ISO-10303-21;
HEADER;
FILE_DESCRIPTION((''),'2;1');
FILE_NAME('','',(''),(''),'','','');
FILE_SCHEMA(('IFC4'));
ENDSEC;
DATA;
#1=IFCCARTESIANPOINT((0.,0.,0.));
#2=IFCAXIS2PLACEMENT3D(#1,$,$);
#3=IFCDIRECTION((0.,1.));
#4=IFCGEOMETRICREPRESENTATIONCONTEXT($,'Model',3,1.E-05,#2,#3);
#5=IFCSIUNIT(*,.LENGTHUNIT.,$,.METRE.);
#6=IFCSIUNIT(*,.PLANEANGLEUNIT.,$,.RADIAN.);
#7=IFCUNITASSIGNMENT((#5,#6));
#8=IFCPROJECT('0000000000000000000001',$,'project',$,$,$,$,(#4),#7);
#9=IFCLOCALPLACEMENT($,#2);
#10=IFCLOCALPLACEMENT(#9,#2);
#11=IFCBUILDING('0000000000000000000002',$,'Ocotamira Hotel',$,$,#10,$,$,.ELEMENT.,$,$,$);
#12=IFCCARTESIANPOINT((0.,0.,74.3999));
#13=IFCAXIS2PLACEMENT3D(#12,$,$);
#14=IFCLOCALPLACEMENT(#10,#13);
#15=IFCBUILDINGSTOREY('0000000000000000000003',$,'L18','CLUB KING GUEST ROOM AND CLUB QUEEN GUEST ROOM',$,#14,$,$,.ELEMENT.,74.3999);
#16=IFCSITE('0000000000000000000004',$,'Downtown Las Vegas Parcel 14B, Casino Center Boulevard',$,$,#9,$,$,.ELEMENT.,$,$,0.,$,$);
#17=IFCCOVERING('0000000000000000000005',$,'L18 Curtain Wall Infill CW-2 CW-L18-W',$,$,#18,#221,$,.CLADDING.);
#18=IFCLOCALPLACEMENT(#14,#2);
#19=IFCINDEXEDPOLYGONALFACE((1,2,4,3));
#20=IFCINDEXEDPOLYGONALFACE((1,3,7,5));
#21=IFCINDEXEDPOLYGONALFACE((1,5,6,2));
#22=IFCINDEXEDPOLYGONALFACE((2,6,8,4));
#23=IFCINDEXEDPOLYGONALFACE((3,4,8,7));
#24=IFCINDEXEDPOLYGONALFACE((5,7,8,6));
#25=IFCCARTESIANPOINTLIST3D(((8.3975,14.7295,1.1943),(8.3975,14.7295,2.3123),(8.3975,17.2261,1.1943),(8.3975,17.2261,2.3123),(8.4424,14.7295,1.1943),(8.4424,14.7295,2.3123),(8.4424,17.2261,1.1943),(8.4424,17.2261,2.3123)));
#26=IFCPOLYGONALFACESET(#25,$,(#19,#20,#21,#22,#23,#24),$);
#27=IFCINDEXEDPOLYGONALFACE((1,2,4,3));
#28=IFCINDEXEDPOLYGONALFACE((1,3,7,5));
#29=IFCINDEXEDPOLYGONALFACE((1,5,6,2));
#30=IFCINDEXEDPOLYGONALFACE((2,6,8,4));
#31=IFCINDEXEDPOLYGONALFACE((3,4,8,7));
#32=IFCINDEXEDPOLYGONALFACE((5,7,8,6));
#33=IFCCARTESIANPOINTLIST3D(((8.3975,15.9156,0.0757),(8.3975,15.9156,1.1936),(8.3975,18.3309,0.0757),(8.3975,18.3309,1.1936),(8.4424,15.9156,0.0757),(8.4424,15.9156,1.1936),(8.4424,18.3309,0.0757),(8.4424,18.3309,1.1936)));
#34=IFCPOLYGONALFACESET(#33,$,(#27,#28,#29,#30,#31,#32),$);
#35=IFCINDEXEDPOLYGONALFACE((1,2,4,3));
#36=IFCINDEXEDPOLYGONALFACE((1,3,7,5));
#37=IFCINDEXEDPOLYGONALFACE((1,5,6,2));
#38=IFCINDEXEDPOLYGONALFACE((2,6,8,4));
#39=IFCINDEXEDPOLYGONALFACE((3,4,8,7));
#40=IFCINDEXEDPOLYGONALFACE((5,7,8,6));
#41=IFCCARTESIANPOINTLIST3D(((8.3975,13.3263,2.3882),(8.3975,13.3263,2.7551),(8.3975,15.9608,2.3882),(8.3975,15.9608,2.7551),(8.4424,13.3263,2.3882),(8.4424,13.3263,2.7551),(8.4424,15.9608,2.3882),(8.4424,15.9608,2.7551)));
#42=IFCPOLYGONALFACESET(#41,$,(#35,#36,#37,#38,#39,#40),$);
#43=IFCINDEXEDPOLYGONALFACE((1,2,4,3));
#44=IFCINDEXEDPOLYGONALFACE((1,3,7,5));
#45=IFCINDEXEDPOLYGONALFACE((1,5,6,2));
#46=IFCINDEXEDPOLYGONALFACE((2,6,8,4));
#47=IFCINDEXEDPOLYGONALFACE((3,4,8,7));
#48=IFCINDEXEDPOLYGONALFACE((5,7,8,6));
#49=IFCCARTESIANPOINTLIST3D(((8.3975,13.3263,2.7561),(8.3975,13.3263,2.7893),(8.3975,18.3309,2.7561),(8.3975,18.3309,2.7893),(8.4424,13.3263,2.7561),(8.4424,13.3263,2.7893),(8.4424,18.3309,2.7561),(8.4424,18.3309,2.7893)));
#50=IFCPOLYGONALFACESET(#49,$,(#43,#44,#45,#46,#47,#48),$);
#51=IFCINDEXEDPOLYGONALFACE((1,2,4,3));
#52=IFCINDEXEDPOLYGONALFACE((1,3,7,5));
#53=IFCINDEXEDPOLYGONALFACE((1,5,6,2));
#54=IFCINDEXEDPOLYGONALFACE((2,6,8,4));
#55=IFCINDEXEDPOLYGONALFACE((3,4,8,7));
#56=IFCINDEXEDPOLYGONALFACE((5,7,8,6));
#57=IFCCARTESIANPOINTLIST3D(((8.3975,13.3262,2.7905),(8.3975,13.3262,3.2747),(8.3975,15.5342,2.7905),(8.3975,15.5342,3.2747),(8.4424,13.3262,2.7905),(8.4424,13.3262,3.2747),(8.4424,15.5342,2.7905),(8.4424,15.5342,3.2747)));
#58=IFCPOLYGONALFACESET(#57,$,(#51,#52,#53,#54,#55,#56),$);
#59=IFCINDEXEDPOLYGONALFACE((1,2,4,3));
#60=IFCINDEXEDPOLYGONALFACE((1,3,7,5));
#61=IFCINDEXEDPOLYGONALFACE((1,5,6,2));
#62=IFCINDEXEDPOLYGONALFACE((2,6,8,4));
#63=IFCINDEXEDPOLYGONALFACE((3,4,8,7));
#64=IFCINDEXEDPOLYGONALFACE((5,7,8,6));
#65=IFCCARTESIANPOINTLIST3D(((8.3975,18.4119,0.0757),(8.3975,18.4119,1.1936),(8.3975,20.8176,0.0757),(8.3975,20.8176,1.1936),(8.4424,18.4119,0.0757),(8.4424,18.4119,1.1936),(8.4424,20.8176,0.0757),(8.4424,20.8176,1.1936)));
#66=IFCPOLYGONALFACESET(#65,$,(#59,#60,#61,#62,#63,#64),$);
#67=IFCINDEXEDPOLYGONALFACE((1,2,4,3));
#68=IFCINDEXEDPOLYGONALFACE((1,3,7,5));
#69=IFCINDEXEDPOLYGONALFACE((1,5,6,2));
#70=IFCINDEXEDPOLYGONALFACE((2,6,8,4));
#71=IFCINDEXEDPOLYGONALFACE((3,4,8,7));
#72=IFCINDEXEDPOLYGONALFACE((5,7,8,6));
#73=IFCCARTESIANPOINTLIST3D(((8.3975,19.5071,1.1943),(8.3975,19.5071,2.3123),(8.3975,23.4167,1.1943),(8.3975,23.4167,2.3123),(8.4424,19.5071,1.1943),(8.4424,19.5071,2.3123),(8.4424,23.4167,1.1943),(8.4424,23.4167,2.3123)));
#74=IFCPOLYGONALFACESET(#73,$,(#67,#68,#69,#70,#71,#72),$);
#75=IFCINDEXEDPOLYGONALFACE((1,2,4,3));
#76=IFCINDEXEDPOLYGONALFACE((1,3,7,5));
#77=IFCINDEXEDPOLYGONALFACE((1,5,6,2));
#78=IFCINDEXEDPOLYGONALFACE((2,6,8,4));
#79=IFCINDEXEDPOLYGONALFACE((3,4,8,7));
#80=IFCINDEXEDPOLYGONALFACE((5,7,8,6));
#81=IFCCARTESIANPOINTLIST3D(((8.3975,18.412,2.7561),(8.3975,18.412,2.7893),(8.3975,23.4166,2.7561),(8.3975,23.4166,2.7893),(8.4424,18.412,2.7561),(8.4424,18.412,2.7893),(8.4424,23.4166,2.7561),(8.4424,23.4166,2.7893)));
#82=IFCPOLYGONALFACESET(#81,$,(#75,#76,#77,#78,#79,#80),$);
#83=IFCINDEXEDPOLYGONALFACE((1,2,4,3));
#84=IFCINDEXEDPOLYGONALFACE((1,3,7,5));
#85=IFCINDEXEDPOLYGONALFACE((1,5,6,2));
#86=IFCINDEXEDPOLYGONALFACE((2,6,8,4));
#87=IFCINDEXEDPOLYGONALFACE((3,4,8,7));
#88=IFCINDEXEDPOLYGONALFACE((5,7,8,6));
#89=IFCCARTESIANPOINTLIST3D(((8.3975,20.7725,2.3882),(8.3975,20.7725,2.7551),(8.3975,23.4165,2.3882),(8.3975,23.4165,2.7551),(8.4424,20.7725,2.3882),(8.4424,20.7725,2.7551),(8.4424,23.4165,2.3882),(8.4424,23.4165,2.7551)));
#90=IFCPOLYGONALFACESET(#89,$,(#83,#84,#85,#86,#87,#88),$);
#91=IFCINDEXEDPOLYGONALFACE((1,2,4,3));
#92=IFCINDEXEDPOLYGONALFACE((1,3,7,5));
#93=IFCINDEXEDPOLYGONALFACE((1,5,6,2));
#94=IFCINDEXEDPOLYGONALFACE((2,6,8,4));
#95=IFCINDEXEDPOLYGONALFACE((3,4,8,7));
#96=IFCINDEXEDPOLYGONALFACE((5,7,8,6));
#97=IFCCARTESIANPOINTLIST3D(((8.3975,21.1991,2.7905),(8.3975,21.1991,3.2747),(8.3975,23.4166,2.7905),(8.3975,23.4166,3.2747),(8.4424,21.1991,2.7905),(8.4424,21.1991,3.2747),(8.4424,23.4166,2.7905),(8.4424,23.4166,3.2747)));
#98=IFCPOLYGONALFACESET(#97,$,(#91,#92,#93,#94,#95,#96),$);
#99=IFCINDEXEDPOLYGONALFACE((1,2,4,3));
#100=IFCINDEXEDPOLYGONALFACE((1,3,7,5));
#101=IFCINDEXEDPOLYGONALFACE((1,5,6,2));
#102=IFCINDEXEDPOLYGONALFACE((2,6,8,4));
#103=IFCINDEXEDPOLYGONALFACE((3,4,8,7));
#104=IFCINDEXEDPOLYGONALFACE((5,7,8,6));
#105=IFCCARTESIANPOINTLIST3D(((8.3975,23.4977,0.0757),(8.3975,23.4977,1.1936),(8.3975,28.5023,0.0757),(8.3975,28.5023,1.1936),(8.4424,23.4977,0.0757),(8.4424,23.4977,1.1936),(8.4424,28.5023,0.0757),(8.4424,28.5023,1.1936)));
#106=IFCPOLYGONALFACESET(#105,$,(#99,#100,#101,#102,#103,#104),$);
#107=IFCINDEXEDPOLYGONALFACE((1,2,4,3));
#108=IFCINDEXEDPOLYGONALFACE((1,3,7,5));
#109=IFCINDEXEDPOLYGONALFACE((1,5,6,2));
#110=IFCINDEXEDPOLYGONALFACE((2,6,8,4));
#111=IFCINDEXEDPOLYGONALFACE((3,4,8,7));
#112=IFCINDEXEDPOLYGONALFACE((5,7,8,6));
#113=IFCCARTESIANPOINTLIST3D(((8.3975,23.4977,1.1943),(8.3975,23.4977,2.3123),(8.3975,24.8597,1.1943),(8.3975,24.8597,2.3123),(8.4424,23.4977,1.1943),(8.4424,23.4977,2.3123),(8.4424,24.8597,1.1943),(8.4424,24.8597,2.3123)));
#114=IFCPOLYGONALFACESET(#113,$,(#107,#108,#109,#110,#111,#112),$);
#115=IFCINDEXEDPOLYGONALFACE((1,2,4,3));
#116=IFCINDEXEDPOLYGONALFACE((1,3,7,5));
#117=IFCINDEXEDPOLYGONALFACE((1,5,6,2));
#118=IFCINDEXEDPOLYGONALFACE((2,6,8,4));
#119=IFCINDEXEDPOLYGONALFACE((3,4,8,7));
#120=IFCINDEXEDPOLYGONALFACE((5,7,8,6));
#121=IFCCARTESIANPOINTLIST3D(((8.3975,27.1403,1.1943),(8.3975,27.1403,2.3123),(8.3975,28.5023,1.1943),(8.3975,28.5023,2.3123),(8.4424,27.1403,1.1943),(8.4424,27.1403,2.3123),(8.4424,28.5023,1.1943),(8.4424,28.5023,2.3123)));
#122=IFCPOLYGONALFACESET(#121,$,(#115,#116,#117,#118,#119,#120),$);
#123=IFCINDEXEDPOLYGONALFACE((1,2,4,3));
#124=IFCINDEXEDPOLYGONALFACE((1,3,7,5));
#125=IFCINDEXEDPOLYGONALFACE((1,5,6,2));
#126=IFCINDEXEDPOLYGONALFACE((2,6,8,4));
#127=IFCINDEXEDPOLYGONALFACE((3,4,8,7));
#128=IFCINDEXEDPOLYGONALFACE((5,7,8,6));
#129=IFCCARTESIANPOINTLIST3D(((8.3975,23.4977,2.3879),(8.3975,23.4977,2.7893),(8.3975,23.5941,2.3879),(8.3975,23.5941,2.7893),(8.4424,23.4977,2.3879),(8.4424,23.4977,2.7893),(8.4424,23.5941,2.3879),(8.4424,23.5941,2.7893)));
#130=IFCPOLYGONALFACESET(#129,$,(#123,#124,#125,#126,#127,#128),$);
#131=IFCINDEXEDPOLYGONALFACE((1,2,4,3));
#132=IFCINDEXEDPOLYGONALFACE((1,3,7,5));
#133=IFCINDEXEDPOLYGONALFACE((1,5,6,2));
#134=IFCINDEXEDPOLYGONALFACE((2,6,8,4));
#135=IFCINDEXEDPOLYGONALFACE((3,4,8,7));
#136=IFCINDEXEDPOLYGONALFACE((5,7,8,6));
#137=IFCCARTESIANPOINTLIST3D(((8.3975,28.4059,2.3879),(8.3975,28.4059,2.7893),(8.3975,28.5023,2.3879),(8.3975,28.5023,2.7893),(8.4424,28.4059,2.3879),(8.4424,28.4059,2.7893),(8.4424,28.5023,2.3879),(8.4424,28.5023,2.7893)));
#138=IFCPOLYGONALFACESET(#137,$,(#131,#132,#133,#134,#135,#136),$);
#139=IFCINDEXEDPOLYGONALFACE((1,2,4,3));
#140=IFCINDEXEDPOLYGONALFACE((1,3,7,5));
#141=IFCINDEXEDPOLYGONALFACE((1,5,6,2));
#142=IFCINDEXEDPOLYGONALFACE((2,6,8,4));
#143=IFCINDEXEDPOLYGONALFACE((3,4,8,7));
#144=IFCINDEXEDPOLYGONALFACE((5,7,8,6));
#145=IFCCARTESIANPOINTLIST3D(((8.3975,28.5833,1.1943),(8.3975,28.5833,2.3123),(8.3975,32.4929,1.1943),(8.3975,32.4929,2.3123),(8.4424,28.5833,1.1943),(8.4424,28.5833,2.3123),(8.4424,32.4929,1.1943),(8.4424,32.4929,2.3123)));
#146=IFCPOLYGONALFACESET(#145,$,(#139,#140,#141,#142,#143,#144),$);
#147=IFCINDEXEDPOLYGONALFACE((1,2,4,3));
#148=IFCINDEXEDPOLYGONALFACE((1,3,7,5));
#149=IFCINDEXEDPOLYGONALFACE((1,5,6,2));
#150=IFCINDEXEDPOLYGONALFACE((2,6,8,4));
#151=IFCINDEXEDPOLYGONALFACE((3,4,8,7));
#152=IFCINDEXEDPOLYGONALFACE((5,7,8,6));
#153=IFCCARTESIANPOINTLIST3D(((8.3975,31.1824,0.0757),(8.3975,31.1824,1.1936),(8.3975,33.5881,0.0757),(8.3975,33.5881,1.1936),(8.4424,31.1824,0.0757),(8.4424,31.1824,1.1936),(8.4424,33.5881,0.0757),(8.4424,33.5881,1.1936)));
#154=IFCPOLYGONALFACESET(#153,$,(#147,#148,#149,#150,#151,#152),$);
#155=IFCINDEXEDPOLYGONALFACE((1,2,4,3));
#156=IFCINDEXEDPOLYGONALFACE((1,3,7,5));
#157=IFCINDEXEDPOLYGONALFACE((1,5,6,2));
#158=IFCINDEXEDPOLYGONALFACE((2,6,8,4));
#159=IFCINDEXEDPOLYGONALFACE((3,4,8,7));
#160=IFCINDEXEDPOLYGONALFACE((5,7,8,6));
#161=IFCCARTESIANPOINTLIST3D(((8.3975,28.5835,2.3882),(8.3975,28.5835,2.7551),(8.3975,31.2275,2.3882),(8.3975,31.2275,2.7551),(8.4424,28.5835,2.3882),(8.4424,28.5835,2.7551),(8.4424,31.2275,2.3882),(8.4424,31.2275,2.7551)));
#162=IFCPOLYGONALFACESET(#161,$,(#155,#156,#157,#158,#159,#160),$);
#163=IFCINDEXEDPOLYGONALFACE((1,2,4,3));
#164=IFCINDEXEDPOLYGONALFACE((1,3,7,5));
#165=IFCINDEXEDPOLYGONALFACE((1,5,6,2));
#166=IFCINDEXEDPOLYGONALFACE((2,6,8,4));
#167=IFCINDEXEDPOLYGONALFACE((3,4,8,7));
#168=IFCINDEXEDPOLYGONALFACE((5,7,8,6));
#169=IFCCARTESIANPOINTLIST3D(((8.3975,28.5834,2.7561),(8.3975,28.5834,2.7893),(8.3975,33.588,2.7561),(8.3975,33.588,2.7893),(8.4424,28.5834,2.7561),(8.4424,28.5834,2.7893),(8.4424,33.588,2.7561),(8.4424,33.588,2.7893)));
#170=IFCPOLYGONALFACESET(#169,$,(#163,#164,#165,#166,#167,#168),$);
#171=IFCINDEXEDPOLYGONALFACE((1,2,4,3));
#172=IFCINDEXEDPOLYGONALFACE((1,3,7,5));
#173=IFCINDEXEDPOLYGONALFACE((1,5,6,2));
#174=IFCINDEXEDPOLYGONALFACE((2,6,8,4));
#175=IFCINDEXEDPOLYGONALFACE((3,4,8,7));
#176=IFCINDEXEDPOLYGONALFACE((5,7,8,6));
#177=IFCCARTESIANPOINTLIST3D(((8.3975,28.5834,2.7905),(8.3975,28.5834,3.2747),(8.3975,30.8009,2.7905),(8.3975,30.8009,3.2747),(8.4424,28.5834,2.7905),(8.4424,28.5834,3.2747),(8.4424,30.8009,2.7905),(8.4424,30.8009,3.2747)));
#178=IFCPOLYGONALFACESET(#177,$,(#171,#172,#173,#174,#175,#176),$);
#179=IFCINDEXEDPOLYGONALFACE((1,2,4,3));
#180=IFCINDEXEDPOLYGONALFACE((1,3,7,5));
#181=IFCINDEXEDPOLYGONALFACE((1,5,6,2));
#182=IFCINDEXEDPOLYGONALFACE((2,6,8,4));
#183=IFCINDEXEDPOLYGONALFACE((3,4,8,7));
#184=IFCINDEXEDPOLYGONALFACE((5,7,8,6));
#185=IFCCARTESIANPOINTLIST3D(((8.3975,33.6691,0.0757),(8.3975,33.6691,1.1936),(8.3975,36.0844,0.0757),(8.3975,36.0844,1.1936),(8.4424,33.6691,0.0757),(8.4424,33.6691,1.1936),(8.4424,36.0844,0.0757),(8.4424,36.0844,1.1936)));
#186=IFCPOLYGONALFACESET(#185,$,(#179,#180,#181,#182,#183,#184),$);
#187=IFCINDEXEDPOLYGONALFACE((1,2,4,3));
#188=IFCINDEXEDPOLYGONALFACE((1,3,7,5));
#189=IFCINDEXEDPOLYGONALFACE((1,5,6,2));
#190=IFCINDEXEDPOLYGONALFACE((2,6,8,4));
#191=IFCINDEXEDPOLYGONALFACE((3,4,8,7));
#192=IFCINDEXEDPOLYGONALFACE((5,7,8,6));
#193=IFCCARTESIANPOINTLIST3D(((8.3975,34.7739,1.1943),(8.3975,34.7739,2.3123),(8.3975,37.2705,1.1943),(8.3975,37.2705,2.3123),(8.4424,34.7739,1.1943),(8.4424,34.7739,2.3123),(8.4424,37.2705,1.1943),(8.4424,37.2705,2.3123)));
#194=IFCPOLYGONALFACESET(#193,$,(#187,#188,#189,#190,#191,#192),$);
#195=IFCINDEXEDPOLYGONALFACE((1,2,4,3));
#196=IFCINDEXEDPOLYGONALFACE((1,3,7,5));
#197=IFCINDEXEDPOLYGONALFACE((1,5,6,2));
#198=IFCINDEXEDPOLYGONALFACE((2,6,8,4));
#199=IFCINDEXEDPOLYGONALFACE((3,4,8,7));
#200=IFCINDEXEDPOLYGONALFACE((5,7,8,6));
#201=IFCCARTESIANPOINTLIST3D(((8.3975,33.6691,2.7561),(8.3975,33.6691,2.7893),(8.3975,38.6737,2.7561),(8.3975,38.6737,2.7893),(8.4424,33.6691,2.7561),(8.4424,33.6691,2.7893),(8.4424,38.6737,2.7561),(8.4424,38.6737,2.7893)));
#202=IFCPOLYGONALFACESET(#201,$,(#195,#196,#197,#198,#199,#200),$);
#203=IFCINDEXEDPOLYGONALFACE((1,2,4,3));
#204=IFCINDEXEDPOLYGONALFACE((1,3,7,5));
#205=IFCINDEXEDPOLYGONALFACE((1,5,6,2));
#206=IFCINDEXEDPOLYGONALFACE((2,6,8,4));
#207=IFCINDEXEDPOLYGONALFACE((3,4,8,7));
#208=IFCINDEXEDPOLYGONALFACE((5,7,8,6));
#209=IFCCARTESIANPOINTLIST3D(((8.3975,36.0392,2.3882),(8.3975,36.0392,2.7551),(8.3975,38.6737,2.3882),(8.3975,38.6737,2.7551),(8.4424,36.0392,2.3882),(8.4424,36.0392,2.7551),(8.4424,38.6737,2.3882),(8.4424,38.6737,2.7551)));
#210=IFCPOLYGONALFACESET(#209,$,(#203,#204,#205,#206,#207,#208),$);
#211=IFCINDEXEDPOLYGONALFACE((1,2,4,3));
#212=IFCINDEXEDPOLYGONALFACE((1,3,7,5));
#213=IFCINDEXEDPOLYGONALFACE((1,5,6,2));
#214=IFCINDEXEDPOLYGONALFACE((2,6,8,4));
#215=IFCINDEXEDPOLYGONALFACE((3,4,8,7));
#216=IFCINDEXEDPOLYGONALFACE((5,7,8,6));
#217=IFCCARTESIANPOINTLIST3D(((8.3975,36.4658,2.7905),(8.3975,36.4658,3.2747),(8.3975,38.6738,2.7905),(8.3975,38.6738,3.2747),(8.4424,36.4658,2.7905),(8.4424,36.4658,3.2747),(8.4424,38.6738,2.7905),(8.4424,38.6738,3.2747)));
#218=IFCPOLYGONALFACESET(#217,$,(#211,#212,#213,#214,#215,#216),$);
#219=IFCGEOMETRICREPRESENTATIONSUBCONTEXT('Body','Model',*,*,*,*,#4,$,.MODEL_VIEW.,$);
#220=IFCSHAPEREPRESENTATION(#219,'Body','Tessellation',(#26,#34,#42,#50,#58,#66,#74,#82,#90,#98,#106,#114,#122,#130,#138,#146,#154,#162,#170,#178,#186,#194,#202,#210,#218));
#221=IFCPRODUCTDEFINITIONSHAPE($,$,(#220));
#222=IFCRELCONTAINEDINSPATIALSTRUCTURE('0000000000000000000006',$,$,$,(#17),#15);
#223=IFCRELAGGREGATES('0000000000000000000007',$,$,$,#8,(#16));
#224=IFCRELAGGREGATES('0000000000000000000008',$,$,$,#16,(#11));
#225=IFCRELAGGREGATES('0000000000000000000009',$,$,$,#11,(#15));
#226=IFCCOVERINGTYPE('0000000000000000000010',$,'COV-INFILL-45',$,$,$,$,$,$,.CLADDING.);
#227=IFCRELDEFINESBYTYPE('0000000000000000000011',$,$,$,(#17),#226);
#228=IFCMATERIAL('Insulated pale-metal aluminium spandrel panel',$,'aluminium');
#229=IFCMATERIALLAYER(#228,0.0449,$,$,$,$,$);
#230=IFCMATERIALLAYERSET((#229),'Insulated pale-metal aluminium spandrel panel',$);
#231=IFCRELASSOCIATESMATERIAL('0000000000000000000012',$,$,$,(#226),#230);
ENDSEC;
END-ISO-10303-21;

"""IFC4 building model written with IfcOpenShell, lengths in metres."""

from ifc_helpers import new_model, si_unit, direction, frame, origin, origin_2d, place, context, subcontext, project, spatial, rectangle, extrude, material, layer, layer_set, type_object, element, save


model = new_model("IFC4")

# Units and contexts
model_context = context("Model", 3, precision=1e-05, world=origin(), true_north=direction((0.0, 1.0)))
body_context = subcontext(model_context, "Body", "Model", "MODEL_VIEW")
ifc_project = project(units=[si_unit("LENGTHUNIT", "METRE"), si_unit("PLANEANGLEUNIT", "RADIAN")], contexts=[model_context])

# Site, building, storey
site_placement = place(None, origin())
site = spatial("IfcSite", under=ifc_project, at=site_placement, Name="Downtown Las Vegas Parcel 14B, Casino Center Boulevard", CompositionType="ELEMENT", RefElevation=0.0)
building_placement = place(site_placement, origin())
building = spatial("IfcBuilding", under=site, at=building_placement, Name="Ocotamira Hotel", CompositionType="ELEMENT")
storey_placement = place(building_placement, frame((0.0, 0.0, 74.3999)))
storey = spatial("IfcBuildingStorey", under=building, at=storey_placement, Name="L18", Description="CLUB KING GUEST ROOM AND CLUB QUEEN GUEST ROOM", CompositionType="ELEMENT", Elevation=74.3999)

# Covering
ifc_material_1 = material(Name="Insulated pale-metal aluminium spandrel panel", Category="aluminium")
ifc_layer_1 = layer(ifc_material_1, 0.0449)
ifc_layer_set_1 = layer_set([ifc_layer_1], Name="Insulated pale-metal aluminium spandrel panel")
covering_type_1 = type_object("IfcCoveringType", Name="COV-INFILL-45", PredefinedType="CLADDING", material=ifc_layer_set_1)
covering_1_placement = place(storey_placement, origin())
element("IfcCovering", 1, at=covering_1_placement, inside=storey, type_object=covering_type_1, Name="L18 Curtain Wall Infill CW-2 CW-L18-W", PredefinedType="CLADDING", context=body_context, shape_type="SweptSolid", body=[
    extrude(rectangle(XDim=2.4966, YDim=0.0449, at=origin_2d()), frame((8.4199, 15.9778, 1.1943), z_axis=(0.0, 0.0, 1.0), x_axis=(0.0, 1.0, 0.0)), (0.0, 0.0, 1.0), 1.1179),
    extrude(rectangle(XDim=2.4153, YDim=0.0449, at=origin_2d()), frame((8.4199, 17.1233, 0.0757), z_axis=(0.0, 0.0, 1.0), x_axis=(0.0, 1.0, 0.0)), (0.0, 0.0, 1.0), 1.1179),
    extrude(rectangle(XDim=2.6345, YDim=0.0449, at=origin_2d()), frame((8.4199, 14.6436, 2.3882), z_axis=(0.0, 0.0, 1.0), x_axis=(0.0, 1.0, 0.0)), (0.0, 0.0, 1.0), 0.3669),
    extrude(rectangle(XDim=5.0046, YDim=0.0449, at=origin_2d()), frame((8.4199, 15.8286, 2.7561), z_axis=(0.0, 0.0, 1.0), x_axis=(0.0, 1.0, 0.0)), (0.0, 0.0, 1.0), 0.0332),
    extrude(rectangle(XDim=2.208, YDim=0.0449, at=origin_2d()), frame((8.4199, 14.4302, 2.7905), z_axis=(0.0, 0.0, 1.0), x_axis=(0.0, 1.0, 0.0)), (0.0, 0.0, 1.0), 0.4841),
    extrude(rectangle(XDim=2.4058, YDim=0.0449, at=origin_2d()), frame((8.4199, 19.6147, 0.0757), z_axis=(0.0, 0.0, 1.0), x_axis=(0.0, 1.0, 0.0)), (0.0, 0.0, 1.0), 1.1179),
    extrude(rectangle(XDim=3.9097, YDim=0.0449, at=origin_2d()), frame((8.4199, 21.4619, 1.1943), z_axis=(0.0, 0.0, 1.0), x_axis=(0.0, 1.0, 0.0)), (0.0, 0.0, 1.0), 1.1179),
    extrude(rectangle(XDim=5.0046, YDim=0.0449, at=origin_2d()), frame((8.4199, 20.9143, 2.7561), z_axis=(0.0, 0.0, 1.0), x_axis=(0.0, 1.0, 0.0)), (0.0, 0.0, 1.0), 0.0332),
    extrude(rectangle(XDim=2.644, YDim=0.0449, at=origin_2d()), frame((8.4199, 22.0945, 2.3882), z_axis=(0.0, 0.0, 1.0), x_axis=(0.0, 1.0, 0.0)), (0.0, 0.0, 1.0), 0.3669),
    extrude(rectangle(XDim=2.2175, YDim=0.0449, at=origin_2d()), frame((8.4199, 22.3079, 2.7905), z_axis=(0.0, 0.0, 1.0), x_axis=(0.0, 1.0, 0.0)), (0.0, 0.0, 1.0), 0.4841),
    extrude(rectangle(XDim=5.0046, YDim=0.0449, at=origin_2d()), frame((8.4199, 26.0, 0.0757), z_axis=(0.0, 0.0, 1.0), x_axis=(0.0, 1.0, 0.0)), (0.0, 0.0, 1.0), 1.1179),
    extrude(rectangle(XDim=1.3621, YDim=0.0449, at=origin_2d()), frame((8.4199, 24.1787, 1.1943), z_axis=(0.0, 0.0, 1.0), x_axis=(0.0, 1.0, 0.0)), (0.0, 0.0, 1.0), 1.1179),
    extrude(rectangle(XDim=1.3621, YDim=0.0449, at=origin_2d()), frame((8.4199, 27.8213, 1.1943), z_axis=(0.0, 0.0, 1.0), x_axis=(0.0, 1.0, 0.0)), (0.0, 0.0, 1.0), 1.1179),
    extrude(rectangle(XDim=0.0964, YDim=0.0449, at=origin_2d()), frame((8.4199, 23.5459, 2.3879), z_axis=(0.0, 0.0, 1.0), x_axis=(0.0, 1.0, 0.0)), (0.0, 0.0, 1.0), 0.4014),
    extrude(rectangle(XDim=0.0964, YDim=0.0449, at=origin_2d()), frame((8.4199, 28.4541, 2.3879), z_axis=(0.0, 0.0, 1.0), x_axis=(0.0, 1.0, 0.0)), (0.0, 0.0, 1.0), 0.4014),
    extrude(rectangle(XDim=3.9097, YDim=0.0449, at=origin_2d()), frame((8.4199, 30.5381, 1.1943), z_axis=(0.0, 0.0, 1.0), x_axis=(0.0, 1.0, 0.0)), (0.0, 0.0, 1.0), 1.1179),
    extrude(rectangle(XDim=2.4058, YDim=0.0449, at=origin_2d()), frame((8.4199, 32.3853, 0.0757), z_axis=(0.0, 0.0, 1.0), x_axis=(0.0, 1.0, 0.0)), (0.0, 0.0, 1.0), 1.1179),
    extrude(rectangle(XDim=2.644, YDim=0.0449, at=origin_2d()), frame((8.4199, 29.9055, 2.3882), z_axis=(0.0, 0.0, 1.0), x_axis=(0.0, 1.0, 0.0)), (0.0, 0.0, 1.0), 0.3669),
    extrude(rectangle(XDim=5.0046, YDim=0.0449, at=origin_2d()), frame((8.4199, 31.0857, 2.7561), z_axis=(0.0, 0.0, 1.0), x_axis=(0.0, 1.0, 0.0)), (0.0, 0.0, 1.0), 0.0332),
    extrude(rectangle(XDim=2.2175, YDim=0.0449, at=origin_2d()), frame((8.4199, 29.6921, 2.7905), z_axis=(0.0, 0.0, 1.0), x_axis=(0.0, 1.0, 0.0)), (0.0, 0.0, 1.0), 0.4841),
    extrude(rectangle(XDim=2.4153, YDim=0.0449, at=origin_2d()), frame((8.4199, 34.8767, 0.0757), z_axis=(0.0, 0.0, 1.0), x_axis=(0.0, 1.0, 0.0)), (0.0, 0.0, 1.0), 1.1179),
    extrude(rectangle(XDim=2.4966, YDim=0.0449, at=origin_2d()), frame((8.4199, 36.0222, 1.1943), z_axis=(0.0, 0.0, 1.0), x_axis=(0.0, 1.0, 0.0)), (0.0, 0.0, 1.0), 1.1179),
    extrude(rectangle(XDim=5.0046, YDim=0.0449, at=origin_2d()), frame((8.4199, 36.1714, 2.7561), z_axis=(0.0, 0.0, 1.0), x_axis=(0.0, 1.0, 0.0)), (0.0, 0.0, 1.0), 0.0332),
    extrude(rectangle(XDim=2.6345, YDim=0.0449, at=origin_2d()), frame((8.4199, 37.3564, 2.3882), z_axis=(0.0, 0.0, 1.0), x_axis=(0.0, 1.0, 0.0)), (0.0, 0.0, 1.0), 0.3669),
    extrude(rectangle(XDim=2.208, YDim=0.0449, at=origin_2d()), frame((8.4199, 37.5698, 2.7905), z_axis=(0.0, 0.0, 1.0), x_axis=(0.0, 1.0, 0.0)), (0.0, 0.0, 1.0), 0.4841),
])

save(model, "model.ifc")
